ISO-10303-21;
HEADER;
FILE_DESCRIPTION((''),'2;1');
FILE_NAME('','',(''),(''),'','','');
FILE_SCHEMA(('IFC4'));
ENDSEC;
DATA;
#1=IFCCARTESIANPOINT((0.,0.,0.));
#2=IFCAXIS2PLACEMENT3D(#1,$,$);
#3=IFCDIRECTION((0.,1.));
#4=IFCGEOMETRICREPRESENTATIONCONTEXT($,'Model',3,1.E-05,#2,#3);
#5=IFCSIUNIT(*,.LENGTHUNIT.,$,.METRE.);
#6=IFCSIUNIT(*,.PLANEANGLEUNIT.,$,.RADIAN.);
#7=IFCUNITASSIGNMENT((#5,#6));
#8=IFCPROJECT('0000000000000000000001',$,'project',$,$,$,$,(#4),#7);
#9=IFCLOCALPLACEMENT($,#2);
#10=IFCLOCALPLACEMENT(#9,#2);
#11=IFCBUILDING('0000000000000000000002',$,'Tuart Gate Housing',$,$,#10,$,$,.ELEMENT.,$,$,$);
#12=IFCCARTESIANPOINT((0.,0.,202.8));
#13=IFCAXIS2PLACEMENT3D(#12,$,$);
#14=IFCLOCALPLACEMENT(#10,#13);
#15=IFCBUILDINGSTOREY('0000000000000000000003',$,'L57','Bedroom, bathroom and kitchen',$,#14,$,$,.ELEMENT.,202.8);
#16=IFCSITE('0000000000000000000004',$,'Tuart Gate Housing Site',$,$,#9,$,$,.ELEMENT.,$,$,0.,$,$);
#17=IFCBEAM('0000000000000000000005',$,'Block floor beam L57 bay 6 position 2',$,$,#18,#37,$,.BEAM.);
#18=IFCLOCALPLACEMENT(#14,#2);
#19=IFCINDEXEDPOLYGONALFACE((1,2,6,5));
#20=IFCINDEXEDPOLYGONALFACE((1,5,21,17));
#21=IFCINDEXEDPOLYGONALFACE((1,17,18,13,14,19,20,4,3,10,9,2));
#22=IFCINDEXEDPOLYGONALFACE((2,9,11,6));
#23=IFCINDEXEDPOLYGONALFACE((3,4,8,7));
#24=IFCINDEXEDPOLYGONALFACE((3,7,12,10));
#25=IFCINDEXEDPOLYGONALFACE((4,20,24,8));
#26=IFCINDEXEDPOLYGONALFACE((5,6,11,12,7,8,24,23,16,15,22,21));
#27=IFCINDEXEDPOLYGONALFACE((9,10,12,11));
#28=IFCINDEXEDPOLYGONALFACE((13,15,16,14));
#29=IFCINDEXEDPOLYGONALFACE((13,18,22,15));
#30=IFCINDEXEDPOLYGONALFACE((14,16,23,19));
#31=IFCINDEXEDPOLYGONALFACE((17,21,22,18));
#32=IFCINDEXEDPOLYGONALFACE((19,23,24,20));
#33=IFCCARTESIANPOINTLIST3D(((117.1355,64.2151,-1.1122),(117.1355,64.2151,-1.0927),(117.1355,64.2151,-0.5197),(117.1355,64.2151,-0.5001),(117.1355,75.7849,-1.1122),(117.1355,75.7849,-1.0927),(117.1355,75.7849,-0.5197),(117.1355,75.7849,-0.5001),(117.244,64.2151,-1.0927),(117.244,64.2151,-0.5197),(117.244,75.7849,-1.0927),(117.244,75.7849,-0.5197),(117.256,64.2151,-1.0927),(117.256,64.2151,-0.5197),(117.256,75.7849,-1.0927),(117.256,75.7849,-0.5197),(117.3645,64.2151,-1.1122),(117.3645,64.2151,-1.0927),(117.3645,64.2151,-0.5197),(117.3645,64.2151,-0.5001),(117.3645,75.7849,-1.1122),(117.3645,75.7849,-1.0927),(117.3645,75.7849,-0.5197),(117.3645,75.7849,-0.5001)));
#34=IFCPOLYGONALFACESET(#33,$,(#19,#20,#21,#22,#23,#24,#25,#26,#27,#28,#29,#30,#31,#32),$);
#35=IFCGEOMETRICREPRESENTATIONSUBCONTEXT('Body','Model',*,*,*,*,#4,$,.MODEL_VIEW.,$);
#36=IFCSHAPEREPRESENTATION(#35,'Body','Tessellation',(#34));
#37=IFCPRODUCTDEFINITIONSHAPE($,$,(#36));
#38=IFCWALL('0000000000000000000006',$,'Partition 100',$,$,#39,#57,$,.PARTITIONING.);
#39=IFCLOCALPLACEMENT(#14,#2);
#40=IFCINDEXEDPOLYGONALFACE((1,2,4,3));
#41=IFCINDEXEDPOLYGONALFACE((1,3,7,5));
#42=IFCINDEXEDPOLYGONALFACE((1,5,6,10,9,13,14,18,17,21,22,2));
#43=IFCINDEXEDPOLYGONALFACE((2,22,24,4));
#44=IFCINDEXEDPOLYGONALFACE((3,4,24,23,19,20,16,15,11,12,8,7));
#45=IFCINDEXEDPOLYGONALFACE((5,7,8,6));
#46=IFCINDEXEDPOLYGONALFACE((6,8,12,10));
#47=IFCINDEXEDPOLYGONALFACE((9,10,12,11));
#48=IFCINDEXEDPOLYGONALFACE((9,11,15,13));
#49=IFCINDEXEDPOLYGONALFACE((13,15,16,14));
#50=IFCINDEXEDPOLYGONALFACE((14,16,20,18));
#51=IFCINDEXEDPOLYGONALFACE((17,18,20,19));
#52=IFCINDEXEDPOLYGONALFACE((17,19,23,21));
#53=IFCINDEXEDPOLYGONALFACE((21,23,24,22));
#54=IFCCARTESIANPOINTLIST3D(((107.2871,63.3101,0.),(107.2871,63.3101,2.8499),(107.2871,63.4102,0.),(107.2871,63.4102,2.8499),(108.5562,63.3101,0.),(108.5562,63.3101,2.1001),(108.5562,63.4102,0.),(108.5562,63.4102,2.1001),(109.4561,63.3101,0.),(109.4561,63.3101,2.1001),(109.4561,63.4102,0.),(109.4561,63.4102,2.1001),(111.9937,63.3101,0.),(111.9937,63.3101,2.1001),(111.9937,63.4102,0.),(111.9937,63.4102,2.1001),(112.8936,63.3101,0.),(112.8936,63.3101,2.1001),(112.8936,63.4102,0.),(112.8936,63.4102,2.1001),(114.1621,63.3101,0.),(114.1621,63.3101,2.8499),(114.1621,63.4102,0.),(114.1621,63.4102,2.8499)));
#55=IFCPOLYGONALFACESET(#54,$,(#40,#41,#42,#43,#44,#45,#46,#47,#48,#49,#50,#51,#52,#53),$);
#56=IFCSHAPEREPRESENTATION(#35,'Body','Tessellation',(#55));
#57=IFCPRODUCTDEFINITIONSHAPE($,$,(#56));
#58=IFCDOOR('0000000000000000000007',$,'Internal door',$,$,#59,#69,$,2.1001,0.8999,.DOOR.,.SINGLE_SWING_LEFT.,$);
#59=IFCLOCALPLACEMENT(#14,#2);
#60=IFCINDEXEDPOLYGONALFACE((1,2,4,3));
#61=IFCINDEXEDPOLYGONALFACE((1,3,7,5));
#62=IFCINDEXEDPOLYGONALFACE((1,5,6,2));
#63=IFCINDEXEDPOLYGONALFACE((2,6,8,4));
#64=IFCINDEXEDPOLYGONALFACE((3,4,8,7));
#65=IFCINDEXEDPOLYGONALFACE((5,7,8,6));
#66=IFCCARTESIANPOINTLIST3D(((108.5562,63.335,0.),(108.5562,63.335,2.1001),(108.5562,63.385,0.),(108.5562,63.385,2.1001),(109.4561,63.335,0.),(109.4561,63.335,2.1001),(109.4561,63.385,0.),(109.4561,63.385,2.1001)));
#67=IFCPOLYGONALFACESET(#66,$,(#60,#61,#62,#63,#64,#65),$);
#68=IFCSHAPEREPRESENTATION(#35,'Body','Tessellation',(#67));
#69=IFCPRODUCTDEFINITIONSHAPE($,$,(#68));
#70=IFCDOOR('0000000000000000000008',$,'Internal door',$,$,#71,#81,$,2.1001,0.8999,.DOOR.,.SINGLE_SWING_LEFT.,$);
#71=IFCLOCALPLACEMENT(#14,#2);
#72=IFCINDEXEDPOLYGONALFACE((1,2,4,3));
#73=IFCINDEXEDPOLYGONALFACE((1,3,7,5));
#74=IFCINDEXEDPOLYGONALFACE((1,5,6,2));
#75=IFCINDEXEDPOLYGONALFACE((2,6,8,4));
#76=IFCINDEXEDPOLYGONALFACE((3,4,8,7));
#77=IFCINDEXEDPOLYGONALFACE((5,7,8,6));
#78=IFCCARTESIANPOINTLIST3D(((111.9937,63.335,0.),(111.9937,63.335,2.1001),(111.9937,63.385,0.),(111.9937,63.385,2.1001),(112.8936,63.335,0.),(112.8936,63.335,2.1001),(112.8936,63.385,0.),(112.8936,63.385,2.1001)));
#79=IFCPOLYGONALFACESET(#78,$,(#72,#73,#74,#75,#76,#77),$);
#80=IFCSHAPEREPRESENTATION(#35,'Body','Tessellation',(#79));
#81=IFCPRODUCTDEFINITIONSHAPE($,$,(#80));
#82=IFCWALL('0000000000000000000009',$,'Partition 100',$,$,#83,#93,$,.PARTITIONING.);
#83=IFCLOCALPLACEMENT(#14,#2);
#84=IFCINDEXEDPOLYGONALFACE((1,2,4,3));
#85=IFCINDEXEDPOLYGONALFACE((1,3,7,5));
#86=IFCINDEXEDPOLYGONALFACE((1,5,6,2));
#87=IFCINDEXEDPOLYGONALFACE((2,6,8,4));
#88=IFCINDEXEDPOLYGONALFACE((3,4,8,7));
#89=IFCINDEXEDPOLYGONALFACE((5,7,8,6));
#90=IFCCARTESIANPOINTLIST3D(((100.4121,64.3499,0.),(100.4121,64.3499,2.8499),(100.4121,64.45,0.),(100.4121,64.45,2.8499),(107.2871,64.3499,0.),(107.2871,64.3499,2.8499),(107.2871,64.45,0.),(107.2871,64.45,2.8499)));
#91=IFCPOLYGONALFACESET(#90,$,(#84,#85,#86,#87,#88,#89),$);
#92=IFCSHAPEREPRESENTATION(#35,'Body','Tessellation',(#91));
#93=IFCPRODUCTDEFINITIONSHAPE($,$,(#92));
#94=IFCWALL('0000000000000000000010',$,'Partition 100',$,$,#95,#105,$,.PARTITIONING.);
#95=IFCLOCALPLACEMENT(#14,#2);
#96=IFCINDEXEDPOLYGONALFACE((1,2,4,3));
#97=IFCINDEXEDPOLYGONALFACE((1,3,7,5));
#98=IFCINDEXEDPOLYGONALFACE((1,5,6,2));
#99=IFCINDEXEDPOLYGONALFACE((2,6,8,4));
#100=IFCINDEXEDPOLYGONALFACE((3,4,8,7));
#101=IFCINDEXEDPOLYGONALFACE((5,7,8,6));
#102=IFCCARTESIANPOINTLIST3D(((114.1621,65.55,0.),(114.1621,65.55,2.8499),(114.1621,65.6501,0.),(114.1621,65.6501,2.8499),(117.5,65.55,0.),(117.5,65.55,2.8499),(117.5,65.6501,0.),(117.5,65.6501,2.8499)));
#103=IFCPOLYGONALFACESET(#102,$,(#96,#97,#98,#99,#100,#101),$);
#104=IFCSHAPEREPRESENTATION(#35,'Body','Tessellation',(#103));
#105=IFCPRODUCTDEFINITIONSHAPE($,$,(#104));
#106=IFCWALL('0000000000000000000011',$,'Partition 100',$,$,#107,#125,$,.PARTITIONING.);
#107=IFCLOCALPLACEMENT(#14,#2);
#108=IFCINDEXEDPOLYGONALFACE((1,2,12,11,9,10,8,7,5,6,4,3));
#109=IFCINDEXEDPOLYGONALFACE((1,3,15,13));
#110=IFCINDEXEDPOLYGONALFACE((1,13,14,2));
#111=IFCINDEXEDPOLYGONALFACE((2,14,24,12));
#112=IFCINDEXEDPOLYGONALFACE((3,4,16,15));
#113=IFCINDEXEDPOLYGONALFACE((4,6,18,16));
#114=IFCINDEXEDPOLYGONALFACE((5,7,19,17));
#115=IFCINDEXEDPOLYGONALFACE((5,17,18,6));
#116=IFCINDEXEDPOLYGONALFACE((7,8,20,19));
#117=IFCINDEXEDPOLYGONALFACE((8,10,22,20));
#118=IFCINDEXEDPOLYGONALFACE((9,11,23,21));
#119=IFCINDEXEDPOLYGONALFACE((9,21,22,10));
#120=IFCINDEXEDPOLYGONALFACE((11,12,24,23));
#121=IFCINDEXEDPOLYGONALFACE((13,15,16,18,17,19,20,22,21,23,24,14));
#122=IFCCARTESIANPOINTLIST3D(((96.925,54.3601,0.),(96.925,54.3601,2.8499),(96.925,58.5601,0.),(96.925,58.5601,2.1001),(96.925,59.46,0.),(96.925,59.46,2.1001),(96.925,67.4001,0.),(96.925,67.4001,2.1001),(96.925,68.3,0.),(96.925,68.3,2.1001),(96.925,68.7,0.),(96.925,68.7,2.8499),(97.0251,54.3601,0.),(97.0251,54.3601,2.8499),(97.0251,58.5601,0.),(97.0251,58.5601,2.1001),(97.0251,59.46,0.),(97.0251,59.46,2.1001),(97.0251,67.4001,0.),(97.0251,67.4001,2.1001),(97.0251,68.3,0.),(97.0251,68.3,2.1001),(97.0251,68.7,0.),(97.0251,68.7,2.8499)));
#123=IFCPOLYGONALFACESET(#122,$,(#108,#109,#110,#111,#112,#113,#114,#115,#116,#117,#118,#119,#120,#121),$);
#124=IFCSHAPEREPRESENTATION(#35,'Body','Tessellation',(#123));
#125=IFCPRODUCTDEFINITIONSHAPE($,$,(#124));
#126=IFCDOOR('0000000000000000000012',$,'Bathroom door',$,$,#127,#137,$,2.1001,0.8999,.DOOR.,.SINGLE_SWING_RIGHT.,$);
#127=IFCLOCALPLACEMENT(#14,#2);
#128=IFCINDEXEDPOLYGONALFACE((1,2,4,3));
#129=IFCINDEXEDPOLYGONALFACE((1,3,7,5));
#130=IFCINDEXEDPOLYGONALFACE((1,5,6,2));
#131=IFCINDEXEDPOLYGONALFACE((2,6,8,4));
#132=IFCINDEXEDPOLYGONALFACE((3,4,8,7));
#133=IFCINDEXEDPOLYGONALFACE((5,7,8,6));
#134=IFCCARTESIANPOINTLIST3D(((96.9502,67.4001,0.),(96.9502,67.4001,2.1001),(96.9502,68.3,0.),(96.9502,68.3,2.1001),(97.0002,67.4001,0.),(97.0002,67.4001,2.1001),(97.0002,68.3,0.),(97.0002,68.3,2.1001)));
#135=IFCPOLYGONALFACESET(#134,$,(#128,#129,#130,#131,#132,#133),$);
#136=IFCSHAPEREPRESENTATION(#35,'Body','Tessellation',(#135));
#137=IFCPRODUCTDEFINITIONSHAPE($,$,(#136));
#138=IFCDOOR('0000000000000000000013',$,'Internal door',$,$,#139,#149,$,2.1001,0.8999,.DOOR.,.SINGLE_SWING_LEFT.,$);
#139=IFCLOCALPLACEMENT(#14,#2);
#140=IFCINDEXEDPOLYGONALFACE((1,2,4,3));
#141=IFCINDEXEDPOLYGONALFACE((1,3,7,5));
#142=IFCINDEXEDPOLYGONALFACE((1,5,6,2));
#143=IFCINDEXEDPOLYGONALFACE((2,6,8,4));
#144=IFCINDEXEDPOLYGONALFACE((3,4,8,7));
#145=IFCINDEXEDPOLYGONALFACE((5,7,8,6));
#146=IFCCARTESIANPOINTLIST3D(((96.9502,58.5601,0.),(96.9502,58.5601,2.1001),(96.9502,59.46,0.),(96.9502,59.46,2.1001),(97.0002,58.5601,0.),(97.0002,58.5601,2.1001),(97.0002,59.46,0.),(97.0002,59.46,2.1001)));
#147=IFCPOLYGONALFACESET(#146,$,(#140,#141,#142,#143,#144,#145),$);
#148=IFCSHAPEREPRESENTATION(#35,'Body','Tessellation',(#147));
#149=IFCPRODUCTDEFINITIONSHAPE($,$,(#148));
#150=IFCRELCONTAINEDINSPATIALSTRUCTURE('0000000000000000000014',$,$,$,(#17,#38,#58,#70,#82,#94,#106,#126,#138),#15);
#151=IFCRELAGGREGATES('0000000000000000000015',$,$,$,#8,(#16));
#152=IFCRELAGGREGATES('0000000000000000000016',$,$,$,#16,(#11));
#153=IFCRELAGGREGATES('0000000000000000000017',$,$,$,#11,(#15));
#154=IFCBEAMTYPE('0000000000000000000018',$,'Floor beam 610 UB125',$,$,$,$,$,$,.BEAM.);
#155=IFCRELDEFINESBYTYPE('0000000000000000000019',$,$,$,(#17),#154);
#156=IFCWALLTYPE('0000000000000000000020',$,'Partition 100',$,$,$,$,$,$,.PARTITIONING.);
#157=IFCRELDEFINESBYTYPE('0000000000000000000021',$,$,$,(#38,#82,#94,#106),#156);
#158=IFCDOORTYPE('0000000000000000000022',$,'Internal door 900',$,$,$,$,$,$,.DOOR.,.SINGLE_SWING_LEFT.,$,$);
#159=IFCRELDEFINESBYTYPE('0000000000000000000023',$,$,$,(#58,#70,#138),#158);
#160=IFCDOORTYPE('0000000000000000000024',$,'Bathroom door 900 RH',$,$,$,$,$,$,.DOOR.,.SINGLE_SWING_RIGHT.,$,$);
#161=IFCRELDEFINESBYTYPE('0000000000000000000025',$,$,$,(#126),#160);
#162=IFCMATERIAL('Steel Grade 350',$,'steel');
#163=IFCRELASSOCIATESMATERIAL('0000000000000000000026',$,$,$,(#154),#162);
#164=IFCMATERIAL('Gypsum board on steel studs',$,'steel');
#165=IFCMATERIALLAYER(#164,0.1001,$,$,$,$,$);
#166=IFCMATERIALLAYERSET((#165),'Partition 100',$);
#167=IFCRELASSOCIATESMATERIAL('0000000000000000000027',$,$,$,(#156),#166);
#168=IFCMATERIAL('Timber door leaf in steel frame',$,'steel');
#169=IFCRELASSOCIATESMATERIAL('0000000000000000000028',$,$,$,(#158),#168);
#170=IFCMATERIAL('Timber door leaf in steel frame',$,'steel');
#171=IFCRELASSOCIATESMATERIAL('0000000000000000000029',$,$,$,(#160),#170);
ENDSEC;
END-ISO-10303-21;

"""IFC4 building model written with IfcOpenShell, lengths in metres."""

from ifc_helpers import new_model, si_unit, direction, frame, frame_2d, origin, origin_2d, place, context, subcontext, project, spatial, rectangle, i_section, extrude, material, layer, layer_set, material_profile, profile_set, type_object, element, fill, save


model = new_model("IFC4")

# Units and contexts
model_context = context("Model", 3, precision=1e-05, world=origin(), true_north=direction((0.0, 1.0)))
body_context = subcontext(model_context, "Body", "Model", "MODEL_VIEW")
ifc_project = project(units=[si_unit("LENGTHUNIT", "METRE"), si_unit("PLANEANGLEUNIT", "RADIAN")], contexts=[model_context])

# Site, building, storey
site_placement = place(None, origin())
site = spatial("IfcSite", under=ifc_project, at=site_placement, Name="Tuart Gate Housing Site", CompositionType="ELEMENT", RefElevation=0.0)
building_placement = place(site_placement, origin())
building = spatial("IfcBuilding", under=site, at=building_placement, Name="Tuart Gate Housing", CompositionType="ELEMENT")
storey_placement = place(building_placement, frame((0.0, 0.0, 202.8)))
storey = spatial("IfcBuildingStorey", under=building, at=storey_placement, Name="L57", Description="Bedroom, bathroom and kitchen", CompositionType="ELEMENT", Elevation=202.8)

# Beam
ifc_material_1 = material(Name="Steel Grade 350", Category="steel")
ifc_material_profile_1 = material_profile(ifc_material_1, i_section(OverallWidth=0.229, OverallDepth=0.6121, WebThickness=0.012, FlangeThickness=0.0195, at=origin_2d()), Name="610UB125")
ifc_profile_set_1 = profile_set([ifc_material_profile_1], Name="Steel Grade 350")
beam_type_1 = type_object("IfcBeamType", Name="Floor beam 610 UB125", PredefinedType="BEAM", material=ifc_profile_set_1)
for number, where, z_axis, x_axis, name in (
    (1, (117.25, 64.2151, -0.8062), (0.0, 1.0, 0.0), (-1.0, 0.0, 0.0), "Block floor beam L57 bay 6 position 2"),
):
    element("IfcBeam", number, at=place(storey_placement, frame(where, z_axis=z_axis, x_axis=x_axis)), inside=storey, type_object=beam_type_1, Name=name, PredefinedType="BEAM", context=body_context, shape_type="SweptSolid", body=[
        extrude(i_section(OverallWidth=0.229, OverallDepth=0.6121, WebThickness=0.012, FlangeThickness=0.0195, at=origin_2d()), origin(), (0.0, 0.0, 1.0), 11.5698),
    ])

# Wall, openings, doors
ifc_material_2 = material(Name="Gypsum board on steel studs", Category="steel")
ifc_layer_1 = layer(ifc_material_2, 0.1001)
ifc_layer_set_1 = layer_set([ifc_layer_1], Name="Partition 100")
wall_type_1 = type_object("IfcWallType", Name="Partition 100", PredefinedType="PARTITIONING", material=ifc_layer_set_1)
wall_1_placement = place(storey_placement, frame((107.2871, 63.3601, 0.0), z_axis=(0.0, 0.0, 1.0), x_axis=(1.0, 0.0, 0.0)))
wall_1 = element("IfcWall", 2, at=wall_1_placement, inside=storey, type_object=wall_type_1, Name="Partition 100", PredefinedType="PARTITIONING", context=body_context, shape_type="SweptSolid", body=[
    extrude(rectangle(XDim=6.875, YDim=0.1001, at=frame_2d((3.4375, 0.0))), origin(), (0.0, 0.0, 1.0), 2.8499),
])
opening_1_placement = place(wall_1_placement, frame((1.269, 0.0, 0.0)))
opening_1 = element("IfcOpeningElement", 3, at=opening_1_placement, cuts=wall_1, PredefinedType="OPENING", context=body_context, shape_type="SweptSolid", body=[
    extrude(rectangle(XDim=0.8999, YDim=2.1001, at=frame_2d((0.45, 1.05))), frame((0.0, 0.0601, 0.0), z_axis=(0.0, -1.0, 0.0), x_axis=(1.0, 0.0, 0.0)), (0.0, 0.0, 1.0), 0.1201),
])
opening_2_placement = place(wall_1_placement, frame((4.7065, 0.0, 0.0)))
opening_2 = element("IfcOpeningElement", 4, at=opening_2_placement, cuts=wall_1, PredefinedType="OPENING", context=body_context, shape_type="SweptSolid", body=[
    extrude(rectangle(XDim=0.8999, YDim=2.1001, at=frame_2d((0.45, 1.05))), frame((0.0, 0.0601, 0.0), z_axis=(0.0, -1.0, 0.0), x_axis=(1.0, 0.0, 0.0)), (0.0, 0.0, 1.0), 0.1201),
])
ifc_material_3 = material(Name="Timber door leaf in steel frame", Category="steel")
door_type_1 = type_object("IfcDoorType", Name="Internal door 900", OperationType="SINGLE_SWING_LEFT", PredefinedType="DOOR", material=ifc_material_3)
door_1_placement = place(opening_1_placement, origin())
door_1 = element("IfcDoor", 5, at=door_1_placement, inside=storey, type_object=door_type_1, Name="Internal door", OperationType="SINGLE_SWING_LEFT", OverallHeight=2.1001, OverallWidth=0.8999, PredefinedType="DOOR", context=body_context, shape_type="SweptSolid", body=[
    extrude(rectangle(XDim=0.8999, YDim=2.1001, at=frame_2d((0.45, 1.05))), frame((0.0, 0.0249, 0.0), z_axis=(0.0, -1.0, 0.0), x_axis=(1.0, 0.0, 0.0)), (0.0, 0.0, 1.0), 0.05),
])
fill(opening_1, door_1)
door_2_placement = place(opening_2_placement, origin())
door_2 = element("IfcDoor", 6, at=door_2_placement, inside=storey, type_object=door_type_1, Name="Internal door", OperationType="SINGLE_SWING_LEFT", OverallHeight=2.1001, OverallWidth=0.8999, PredefinedType="DOOR", context=body_context, shape_type="SweptSolid", body=[
    extrude(rectangle(XDim=0.8999, YDim=2.1001, at=frame_2d((0.45, 1.05))), frame((0.0, 0.0249, 0.0), z_axis=(0.0, -1.0, 0.0), x_axis=(1.0, 0.0, 0.0)), (0.0, 0.0, 1.0), 0.05),
])
fill(opening_2, door_2)

# Walls
wall_2_placement = place(storey_placement, frame((100.4121, 64.3999, 0.0), z_axis=(0.0, 0.0, 1.0), x_axis=(1.0, 0.0, 0.0)))
element("IfcWall", 7, at=wall_2_placement, inside=storey, type_object=wall_type_1, Name="Partition 100", PredefinedType="PARTITIONING", context=body_context, shape_type="SweptSolid", body=[
    extrude(rectangle(XDim=6.875, YDim=0.1001, at=frame_2d((3.4375, 0.0))), origin(), (0.0, 0.0, 1.0), 2.8499),
])
wall_3_placement = place(storey_placement, frame((114.1621, 65.6001, 0.0), z_axis=(0.0, 0.0, 1.0), x_axis=(1.0, 0.0, 0.0)))
element("IfcWall", 8, at=wall_3_placement, inside=storey, type_object=wall_type_1, Name="Partition 100", PredefinedType="PARTITIONING", context=body_context, shape_type="SweptSolid", body=[
    extrude(rectangle(XDim=3.3379, YDim=0.1001, at=frame_2d((1.6689, 0.0))), origin(), (0.0, 0.0, 1.0), 2.8499),
])

# Wall, openings, doors
wall_4_placement = place(storey_placement, frame((96.9751, 54.3601, 0.0), z_axis=(0.0, 0.0, 1.0), x_axis=(0.0, 1.0, 0.0)))
wall_4 = element("IfcWall", 9, at=wall_4_placement, inside=storey, type_object=wall_type_1, Name="Partition 100", PredefinedType="PARTITIONING", context=body_context, shape_type="SweptSolid", body=[
    extrude(rectangle(XDim=14.3398, YDim=0.1001, at=frame_2d((7.1699, 0.0))), origin(), (0.0, 0.0, 1.0), 2.8499),
])
opening_3_placement = place(wall_4_placement, frame((4.2, 0.0, 0.0)))
opening_3 = element("IfcOpeningElement", 10, at=opening_3_placement, cuts=wall_4, PredefinedType="OPENING", context=body_context, shape_type="SweptSolid", body=[
    extrude(rectangle(XDim=0.8999, YDim=2.1001, at=frame_2d((0.45, 1.05))), frame((0.0, 0.0601, 0.0), z_axis=(0.0, -1.0, 0.0), x_axis=(1.0, 0.0, 0.0)), (0.0, 0.0, 1.0), 0.1201),
])
opening_4_placement = place(wall_4_placement, frame((13.04, 0.0, 0.0)))
opening_4 = element("IfcOpeningElement", 11, at=opening_4_placement, cuts=wall_4, PredefinedType="OPENING", context=body_context, shape_type="SweptSolid", body=[
    extrude(rectangle(XDim=0.8999, YDim=2.1001, at=frame_2d((0.45, 1.05))), frame((0.0, 0.0601, 0.0), z_axis=(0.0, -1.0, 0.0), x_axis=(1.0, 0.0, 0.0)), (0.0, 0.0, 1.0), 0.1201),
])
ifc_material_4 = material(Name="Timber door leaf in steel frame", Category="steel")
door_type_2 = type_object("IfcDoorType", Name="Bathroom door 900 RH", OperationType="SINGLE_SWING_RIGHT", PredefinedType="DOOR", material=ifc_material_4)
door_3_placement = place(opening_4_placement, origin())
door_3 = element("IfcDoor", 12, at=door_3_placement, inside=storey, type_object=door_type_2, Name="Bathroom door", OperationType="SINGLE_SWING_RIGHT", OverallHeight=2.1001, OverallWidth=0.8999, PredefinedType="DOOR", context=body_context, shape_type="SweptSolid", body=[
    extrude(rectangle(XDim=0.8999, YDim=2.1001, at=frame_2d((0.45, 1.05))), frame((0.0, 0.0249, 0.0), z_axis=(0.0, -1.0, 0.0), x_axis=(1.0, 0.0, 0.0)), (0.0, 0.0, 1.0), 0.05),
])
fill(opening_4, door_3)
door_4_placement = place(opening_3_placement, origin())
door_4 = element("IfcDoor", 13, at=door_4_placement, inside=storey, type_object=door_type_1, Name="Internal door", OperationType="SINGLE_SWING_LEFT", OverallHeight=2.1001, OverallWidth=0.8999, PredefinedType="DOOR", context=body_context, shape_type="SweptSolid", body=[
    extrude(rectangle(XDim=0.8999, YDim=2.1001, at=frame_2d((0.45, 1.05))), frame((0.0, 0.0249, 0.0), z_axis=(0.0, -1.0, 0.0), x_axis=(1.0, 0.0, 0.0)), (0.0, 0.0, 1.0), 0.05),
])
fill(opening_3, door_4)

save(model, "model.ifc")
